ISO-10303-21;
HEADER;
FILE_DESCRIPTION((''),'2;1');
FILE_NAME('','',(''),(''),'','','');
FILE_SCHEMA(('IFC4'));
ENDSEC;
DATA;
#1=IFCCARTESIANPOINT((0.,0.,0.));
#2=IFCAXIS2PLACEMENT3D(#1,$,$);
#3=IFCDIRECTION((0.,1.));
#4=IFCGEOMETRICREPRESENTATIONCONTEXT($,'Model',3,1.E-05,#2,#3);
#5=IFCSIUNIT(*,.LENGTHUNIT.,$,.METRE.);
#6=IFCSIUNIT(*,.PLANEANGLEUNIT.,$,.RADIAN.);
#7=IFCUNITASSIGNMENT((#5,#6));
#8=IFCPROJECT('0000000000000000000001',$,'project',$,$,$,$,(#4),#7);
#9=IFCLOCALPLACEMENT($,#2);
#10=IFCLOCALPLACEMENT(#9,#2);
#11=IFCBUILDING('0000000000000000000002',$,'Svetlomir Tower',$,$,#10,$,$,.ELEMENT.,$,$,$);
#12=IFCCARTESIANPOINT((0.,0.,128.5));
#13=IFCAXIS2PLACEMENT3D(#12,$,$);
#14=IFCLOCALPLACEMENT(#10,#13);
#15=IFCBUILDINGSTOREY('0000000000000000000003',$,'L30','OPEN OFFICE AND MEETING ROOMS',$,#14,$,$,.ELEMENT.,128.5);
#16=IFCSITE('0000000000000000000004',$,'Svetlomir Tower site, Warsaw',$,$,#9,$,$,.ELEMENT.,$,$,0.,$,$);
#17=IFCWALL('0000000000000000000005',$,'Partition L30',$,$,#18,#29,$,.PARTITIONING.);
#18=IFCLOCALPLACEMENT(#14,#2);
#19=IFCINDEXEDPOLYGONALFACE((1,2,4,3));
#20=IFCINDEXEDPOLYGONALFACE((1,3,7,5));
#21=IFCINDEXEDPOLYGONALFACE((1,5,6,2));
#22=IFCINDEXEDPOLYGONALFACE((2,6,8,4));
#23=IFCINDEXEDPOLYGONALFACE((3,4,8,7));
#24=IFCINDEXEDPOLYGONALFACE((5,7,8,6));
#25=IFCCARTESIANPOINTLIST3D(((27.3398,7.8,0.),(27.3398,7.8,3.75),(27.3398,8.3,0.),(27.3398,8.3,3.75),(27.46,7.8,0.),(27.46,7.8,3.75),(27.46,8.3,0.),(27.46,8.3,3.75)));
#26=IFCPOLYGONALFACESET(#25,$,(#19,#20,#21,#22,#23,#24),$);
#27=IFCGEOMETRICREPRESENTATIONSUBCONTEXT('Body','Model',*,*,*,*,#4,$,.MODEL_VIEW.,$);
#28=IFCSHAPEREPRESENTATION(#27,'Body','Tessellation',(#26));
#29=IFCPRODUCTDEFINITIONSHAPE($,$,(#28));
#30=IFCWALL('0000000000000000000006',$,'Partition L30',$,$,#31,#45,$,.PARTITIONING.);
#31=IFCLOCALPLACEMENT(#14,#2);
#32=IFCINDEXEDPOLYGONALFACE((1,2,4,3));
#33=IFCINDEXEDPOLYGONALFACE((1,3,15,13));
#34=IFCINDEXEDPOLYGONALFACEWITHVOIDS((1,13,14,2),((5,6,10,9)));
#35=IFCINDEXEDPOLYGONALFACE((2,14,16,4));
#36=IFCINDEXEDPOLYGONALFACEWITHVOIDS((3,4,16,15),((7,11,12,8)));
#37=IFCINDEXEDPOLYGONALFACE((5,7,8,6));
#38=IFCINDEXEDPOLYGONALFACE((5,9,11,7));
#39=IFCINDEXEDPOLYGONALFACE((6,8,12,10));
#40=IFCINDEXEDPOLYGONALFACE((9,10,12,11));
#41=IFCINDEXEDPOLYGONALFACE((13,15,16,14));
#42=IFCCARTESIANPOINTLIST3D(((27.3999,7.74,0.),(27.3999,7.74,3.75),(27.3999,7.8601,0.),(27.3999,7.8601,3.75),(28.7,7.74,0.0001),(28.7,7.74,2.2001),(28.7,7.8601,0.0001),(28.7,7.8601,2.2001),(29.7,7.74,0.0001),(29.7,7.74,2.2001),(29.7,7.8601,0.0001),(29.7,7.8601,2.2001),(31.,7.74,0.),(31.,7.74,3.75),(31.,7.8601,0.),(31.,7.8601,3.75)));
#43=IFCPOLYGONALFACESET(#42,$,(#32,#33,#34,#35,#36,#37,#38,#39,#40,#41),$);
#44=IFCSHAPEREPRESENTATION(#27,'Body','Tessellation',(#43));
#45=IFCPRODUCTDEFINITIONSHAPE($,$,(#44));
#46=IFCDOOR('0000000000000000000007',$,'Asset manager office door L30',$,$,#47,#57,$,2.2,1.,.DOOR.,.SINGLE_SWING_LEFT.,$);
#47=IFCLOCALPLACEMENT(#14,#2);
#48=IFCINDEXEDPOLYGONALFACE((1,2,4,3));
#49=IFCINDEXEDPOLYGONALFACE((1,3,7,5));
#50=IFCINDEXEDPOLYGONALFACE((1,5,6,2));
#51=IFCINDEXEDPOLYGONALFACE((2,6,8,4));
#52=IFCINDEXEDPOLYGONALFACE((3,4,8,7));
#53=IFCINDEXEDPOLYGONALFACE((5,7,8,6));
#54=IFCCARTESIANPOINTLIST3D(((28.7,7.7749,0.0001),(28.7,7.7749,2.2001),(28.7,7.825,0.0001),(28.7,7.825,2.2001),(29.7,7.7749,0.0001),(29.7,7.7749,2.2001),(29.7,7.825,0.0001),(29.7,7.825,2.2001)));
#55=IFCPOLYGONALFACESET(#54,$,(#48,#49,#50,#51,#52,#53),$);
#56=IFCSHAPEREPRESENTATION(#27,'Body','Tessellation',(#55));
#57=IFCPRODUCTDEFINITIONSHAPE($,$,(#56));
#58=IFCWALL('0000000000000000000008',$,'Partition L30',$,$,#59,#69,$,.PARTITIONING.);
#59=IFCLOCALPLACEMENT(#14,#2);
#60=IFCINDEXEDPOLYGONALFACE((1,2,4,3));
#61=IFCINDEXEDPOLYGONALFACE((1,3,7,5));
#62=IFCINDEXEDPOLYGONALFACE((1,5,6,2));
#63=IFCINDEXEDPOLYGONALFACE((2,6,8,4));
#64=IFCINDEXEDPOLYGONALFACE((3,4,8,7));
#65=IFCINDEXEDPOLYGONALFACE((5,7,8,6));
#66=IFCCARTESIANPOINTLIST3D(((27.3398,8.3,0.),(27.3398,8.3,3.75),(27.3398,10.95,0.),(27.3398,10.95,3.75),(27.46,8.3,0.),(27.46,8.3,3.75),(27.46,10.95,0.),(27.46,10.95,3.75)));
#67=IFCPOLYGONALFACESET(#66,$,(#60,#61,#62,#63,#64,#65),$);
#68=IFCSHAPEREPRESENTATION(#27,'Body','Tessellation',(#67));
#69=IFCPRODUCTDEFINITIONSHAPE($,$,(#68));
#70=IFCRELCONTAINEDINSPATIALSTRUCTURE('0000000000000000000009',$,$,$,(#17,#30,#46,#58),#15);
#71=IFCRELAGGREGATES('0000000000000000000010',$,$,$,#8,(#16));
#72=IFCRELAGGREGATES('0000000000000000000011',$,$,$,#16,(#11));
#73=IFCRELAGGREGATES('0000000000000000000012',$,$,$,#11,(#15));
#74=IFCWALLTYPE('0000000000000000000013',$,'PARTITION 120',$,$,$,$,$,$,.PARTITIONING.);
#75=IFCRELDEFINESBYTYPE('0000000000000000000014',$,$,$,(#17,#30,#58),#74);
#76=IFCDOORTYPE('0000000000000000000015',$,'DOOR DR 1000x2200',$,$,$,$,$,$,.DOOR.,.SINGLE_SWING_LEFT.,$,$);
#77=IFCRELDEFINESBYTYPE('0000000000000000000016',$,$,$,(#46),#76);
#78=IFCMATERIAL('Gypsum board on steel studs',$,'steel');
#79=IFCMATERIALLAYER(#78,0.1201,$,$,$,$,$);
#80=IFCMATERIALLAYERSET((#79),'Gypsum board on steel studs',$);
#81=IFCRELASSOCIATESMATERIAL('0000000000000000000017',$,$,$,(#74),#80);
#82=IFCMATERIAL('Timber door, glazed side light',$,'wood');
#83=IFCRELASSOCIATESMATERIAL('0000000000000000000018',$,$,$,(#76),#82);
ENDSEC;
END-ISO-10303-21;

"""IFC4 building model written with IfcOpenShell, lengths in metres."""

from ifc_helpers import new_model, si_unit, direction, frame, frame_2d, origin, place, context, subcontext, project, spatial, rectangle, extrude, material, layer, layer_set, type_object, element, fill, save


model = new_model("IFC4")

# Units and contexts
model_context = context("Model", 3, precision=1e-05, world=origin(), true_north=direction((0.0, 1.0)))
body_context = subcontext(model_context, "Body", "Model", "MODEL_VIEW")
ifc_project = project(units=[si_unit("LENGTHUNIT", "METRE"), si_unit("PLANEANGLEUNIT", "RADIAN")], contexts=[model_context])

# Site, building, storey
site_placement = place(None, origin())
site = spatial("IfcSite", under=ifc_project, at=site_placement, Name="Svetlomir Tower site, Warsaw", CompositionType="ELEMENT", RefElevation=0.0)
building_placement = place(site_placement, origin())
building = spatial("IfcBuilding", under=site, at=building_placement, Name="Svetlomir Tower", CompositionType="ELEMENT")
storey_placement = place(building_placement, frame((0.0, 0.0, 128.5)))
storey = spatial("IfcBuildingStorey", under=building, at=storey_placement, Name="L30", Description="OPEN OFFICE AND MEETING ROOMS", CompositionType="ELEMENT", Elevation=128.5)

# Shared definitions
ifc_material_1 = material(Name="Gypsum board on steel studs", Category="steel")
ifc_layer_1 = layer(ifc_material_1, 0.1201)
ifc_layer_set_1 = layer_set([ifc_layer_1], Name="Gypsum board on steel studs")
wall_type_1 = type_object("IfcWallType", Name="PARTITION 120", PredefinedType="PARTITIONING", material=ifc_layer_set_1)

# Shared definitions
ifc_material_2 = material(Name="Timber door, glazed side light", Category="wood")
door_type_1 = type_object("IfcDoorType", Name="DOOR DR 1000x2200", OperationType="SINGLE_SWING_LEFT", PredefinedType="DOOR", material=ifc_material_2)

# Wall
wall_1_placement = place(storey_placement, frame((27.3999, 7.8, 0.0), z_axis=(0.0, 0.0, 1.0), x_axis=(0.0, 1.0, 0.0)))
element("IfcWall", 1, at=wall_1_placement, inside=storey, type_object=wall_type_1, Name="Partition L30", PredefinedType="PARTITIONING", context=body_context, shape_type="SweptSolid", body=[
    extrude(rectangle(XDim=0.5, YDim=0.1201, at=frame_2d((0.25, 0.0))), origin(), (0.0, 0.0, 1.0), 3.75),
])

# Wall, opening, door
wall_2_placement = place(storey_placement, frame((27.3999, 7.8, 0.0), z_axis=(0.0, 0.0, 1.0), x_axis=(1.0, 0.0, 0.0)))
wall_2 = element("IfcWall", 2, at=wall_2_placement, inside=storey, type_object=wall_type_1, Name="Partition L30", PredefinedType="PARTITIONING", context=body_context, shape_type="SweptSolid", body=[
    extrude(rectangle(XDim=3.6001, YDim=0.1201, at=frame_2d((1.8, 0.0))), origin(), (0.0, 0.0, 1.0), 3.75),
])
opening_1_placement = place(wall_2_placement, frame((1.3, 0.0, 0.0)))
opening_1 = element("IfcOpeningElement", 3, at=opening_1_placement, cuts=wall_2, PredefinedType="OPENING", context=body_context, shape_type="SweptSolid", body=[
    extrude(rectangle(XDim=1.0, YDim=2.2, at=frame_2d((0.5, 1.1001))), frame((0.0, 0.0701, 0.0), z_axis=(0.0, -1.0, 0.0), x_axis=(1.0, 0.0, 0.0)), (0.0, 0.0, 1.0), 0.1401),
])
door_1_placement = place(opening_1_placement, origin())
door_1 = element("IfcDoor", 4, at=door_1_placement, inside=storey, type_object=door_type_1, Name="Asset manager office door L30", OperationType="SINGLE_SWING_LEFT", OverallHeight=2.2, OverallWidth=1.0, PredefinedType="DOOR", context=body_context, shape_type="SweptSolid", body=[
    extrude(rectangle(XDim=1.0, YDim=2.2, at=frame_2d((0.5, 1.1001))), frame((0.0, 0.0249, 0.0), z_axis=(0.0, -1.0, 0.0), x_axis=(1.0, 0.0, 0.0)), (0.0, 0.0, 1.0), 0.05),
])
fill(opening_1, door_1)

# Wall
wall_3_placement = place(storey_placement, frame((27.3999, 8.3, 0.0), z_axis=(0.0, 0.0, 1.0), x_axis=(0.0, 1.0, 0.0)))
element("IfcWall", 5, at=wall_3_placement, inside=storey, type_object=wall_type_1, Name="Partition L30", PredefinedType="PARTITIONING", context=body_context, shape_type="SweptSolid", body=[
    extrude(rectangle(XDim=2.6499, YDim=0.1201, at=frame_2d((1.325, 0.0))), origin(), (0.0, 0.0, 1.0), 3.75),
])

save(model, "model.ifc")
